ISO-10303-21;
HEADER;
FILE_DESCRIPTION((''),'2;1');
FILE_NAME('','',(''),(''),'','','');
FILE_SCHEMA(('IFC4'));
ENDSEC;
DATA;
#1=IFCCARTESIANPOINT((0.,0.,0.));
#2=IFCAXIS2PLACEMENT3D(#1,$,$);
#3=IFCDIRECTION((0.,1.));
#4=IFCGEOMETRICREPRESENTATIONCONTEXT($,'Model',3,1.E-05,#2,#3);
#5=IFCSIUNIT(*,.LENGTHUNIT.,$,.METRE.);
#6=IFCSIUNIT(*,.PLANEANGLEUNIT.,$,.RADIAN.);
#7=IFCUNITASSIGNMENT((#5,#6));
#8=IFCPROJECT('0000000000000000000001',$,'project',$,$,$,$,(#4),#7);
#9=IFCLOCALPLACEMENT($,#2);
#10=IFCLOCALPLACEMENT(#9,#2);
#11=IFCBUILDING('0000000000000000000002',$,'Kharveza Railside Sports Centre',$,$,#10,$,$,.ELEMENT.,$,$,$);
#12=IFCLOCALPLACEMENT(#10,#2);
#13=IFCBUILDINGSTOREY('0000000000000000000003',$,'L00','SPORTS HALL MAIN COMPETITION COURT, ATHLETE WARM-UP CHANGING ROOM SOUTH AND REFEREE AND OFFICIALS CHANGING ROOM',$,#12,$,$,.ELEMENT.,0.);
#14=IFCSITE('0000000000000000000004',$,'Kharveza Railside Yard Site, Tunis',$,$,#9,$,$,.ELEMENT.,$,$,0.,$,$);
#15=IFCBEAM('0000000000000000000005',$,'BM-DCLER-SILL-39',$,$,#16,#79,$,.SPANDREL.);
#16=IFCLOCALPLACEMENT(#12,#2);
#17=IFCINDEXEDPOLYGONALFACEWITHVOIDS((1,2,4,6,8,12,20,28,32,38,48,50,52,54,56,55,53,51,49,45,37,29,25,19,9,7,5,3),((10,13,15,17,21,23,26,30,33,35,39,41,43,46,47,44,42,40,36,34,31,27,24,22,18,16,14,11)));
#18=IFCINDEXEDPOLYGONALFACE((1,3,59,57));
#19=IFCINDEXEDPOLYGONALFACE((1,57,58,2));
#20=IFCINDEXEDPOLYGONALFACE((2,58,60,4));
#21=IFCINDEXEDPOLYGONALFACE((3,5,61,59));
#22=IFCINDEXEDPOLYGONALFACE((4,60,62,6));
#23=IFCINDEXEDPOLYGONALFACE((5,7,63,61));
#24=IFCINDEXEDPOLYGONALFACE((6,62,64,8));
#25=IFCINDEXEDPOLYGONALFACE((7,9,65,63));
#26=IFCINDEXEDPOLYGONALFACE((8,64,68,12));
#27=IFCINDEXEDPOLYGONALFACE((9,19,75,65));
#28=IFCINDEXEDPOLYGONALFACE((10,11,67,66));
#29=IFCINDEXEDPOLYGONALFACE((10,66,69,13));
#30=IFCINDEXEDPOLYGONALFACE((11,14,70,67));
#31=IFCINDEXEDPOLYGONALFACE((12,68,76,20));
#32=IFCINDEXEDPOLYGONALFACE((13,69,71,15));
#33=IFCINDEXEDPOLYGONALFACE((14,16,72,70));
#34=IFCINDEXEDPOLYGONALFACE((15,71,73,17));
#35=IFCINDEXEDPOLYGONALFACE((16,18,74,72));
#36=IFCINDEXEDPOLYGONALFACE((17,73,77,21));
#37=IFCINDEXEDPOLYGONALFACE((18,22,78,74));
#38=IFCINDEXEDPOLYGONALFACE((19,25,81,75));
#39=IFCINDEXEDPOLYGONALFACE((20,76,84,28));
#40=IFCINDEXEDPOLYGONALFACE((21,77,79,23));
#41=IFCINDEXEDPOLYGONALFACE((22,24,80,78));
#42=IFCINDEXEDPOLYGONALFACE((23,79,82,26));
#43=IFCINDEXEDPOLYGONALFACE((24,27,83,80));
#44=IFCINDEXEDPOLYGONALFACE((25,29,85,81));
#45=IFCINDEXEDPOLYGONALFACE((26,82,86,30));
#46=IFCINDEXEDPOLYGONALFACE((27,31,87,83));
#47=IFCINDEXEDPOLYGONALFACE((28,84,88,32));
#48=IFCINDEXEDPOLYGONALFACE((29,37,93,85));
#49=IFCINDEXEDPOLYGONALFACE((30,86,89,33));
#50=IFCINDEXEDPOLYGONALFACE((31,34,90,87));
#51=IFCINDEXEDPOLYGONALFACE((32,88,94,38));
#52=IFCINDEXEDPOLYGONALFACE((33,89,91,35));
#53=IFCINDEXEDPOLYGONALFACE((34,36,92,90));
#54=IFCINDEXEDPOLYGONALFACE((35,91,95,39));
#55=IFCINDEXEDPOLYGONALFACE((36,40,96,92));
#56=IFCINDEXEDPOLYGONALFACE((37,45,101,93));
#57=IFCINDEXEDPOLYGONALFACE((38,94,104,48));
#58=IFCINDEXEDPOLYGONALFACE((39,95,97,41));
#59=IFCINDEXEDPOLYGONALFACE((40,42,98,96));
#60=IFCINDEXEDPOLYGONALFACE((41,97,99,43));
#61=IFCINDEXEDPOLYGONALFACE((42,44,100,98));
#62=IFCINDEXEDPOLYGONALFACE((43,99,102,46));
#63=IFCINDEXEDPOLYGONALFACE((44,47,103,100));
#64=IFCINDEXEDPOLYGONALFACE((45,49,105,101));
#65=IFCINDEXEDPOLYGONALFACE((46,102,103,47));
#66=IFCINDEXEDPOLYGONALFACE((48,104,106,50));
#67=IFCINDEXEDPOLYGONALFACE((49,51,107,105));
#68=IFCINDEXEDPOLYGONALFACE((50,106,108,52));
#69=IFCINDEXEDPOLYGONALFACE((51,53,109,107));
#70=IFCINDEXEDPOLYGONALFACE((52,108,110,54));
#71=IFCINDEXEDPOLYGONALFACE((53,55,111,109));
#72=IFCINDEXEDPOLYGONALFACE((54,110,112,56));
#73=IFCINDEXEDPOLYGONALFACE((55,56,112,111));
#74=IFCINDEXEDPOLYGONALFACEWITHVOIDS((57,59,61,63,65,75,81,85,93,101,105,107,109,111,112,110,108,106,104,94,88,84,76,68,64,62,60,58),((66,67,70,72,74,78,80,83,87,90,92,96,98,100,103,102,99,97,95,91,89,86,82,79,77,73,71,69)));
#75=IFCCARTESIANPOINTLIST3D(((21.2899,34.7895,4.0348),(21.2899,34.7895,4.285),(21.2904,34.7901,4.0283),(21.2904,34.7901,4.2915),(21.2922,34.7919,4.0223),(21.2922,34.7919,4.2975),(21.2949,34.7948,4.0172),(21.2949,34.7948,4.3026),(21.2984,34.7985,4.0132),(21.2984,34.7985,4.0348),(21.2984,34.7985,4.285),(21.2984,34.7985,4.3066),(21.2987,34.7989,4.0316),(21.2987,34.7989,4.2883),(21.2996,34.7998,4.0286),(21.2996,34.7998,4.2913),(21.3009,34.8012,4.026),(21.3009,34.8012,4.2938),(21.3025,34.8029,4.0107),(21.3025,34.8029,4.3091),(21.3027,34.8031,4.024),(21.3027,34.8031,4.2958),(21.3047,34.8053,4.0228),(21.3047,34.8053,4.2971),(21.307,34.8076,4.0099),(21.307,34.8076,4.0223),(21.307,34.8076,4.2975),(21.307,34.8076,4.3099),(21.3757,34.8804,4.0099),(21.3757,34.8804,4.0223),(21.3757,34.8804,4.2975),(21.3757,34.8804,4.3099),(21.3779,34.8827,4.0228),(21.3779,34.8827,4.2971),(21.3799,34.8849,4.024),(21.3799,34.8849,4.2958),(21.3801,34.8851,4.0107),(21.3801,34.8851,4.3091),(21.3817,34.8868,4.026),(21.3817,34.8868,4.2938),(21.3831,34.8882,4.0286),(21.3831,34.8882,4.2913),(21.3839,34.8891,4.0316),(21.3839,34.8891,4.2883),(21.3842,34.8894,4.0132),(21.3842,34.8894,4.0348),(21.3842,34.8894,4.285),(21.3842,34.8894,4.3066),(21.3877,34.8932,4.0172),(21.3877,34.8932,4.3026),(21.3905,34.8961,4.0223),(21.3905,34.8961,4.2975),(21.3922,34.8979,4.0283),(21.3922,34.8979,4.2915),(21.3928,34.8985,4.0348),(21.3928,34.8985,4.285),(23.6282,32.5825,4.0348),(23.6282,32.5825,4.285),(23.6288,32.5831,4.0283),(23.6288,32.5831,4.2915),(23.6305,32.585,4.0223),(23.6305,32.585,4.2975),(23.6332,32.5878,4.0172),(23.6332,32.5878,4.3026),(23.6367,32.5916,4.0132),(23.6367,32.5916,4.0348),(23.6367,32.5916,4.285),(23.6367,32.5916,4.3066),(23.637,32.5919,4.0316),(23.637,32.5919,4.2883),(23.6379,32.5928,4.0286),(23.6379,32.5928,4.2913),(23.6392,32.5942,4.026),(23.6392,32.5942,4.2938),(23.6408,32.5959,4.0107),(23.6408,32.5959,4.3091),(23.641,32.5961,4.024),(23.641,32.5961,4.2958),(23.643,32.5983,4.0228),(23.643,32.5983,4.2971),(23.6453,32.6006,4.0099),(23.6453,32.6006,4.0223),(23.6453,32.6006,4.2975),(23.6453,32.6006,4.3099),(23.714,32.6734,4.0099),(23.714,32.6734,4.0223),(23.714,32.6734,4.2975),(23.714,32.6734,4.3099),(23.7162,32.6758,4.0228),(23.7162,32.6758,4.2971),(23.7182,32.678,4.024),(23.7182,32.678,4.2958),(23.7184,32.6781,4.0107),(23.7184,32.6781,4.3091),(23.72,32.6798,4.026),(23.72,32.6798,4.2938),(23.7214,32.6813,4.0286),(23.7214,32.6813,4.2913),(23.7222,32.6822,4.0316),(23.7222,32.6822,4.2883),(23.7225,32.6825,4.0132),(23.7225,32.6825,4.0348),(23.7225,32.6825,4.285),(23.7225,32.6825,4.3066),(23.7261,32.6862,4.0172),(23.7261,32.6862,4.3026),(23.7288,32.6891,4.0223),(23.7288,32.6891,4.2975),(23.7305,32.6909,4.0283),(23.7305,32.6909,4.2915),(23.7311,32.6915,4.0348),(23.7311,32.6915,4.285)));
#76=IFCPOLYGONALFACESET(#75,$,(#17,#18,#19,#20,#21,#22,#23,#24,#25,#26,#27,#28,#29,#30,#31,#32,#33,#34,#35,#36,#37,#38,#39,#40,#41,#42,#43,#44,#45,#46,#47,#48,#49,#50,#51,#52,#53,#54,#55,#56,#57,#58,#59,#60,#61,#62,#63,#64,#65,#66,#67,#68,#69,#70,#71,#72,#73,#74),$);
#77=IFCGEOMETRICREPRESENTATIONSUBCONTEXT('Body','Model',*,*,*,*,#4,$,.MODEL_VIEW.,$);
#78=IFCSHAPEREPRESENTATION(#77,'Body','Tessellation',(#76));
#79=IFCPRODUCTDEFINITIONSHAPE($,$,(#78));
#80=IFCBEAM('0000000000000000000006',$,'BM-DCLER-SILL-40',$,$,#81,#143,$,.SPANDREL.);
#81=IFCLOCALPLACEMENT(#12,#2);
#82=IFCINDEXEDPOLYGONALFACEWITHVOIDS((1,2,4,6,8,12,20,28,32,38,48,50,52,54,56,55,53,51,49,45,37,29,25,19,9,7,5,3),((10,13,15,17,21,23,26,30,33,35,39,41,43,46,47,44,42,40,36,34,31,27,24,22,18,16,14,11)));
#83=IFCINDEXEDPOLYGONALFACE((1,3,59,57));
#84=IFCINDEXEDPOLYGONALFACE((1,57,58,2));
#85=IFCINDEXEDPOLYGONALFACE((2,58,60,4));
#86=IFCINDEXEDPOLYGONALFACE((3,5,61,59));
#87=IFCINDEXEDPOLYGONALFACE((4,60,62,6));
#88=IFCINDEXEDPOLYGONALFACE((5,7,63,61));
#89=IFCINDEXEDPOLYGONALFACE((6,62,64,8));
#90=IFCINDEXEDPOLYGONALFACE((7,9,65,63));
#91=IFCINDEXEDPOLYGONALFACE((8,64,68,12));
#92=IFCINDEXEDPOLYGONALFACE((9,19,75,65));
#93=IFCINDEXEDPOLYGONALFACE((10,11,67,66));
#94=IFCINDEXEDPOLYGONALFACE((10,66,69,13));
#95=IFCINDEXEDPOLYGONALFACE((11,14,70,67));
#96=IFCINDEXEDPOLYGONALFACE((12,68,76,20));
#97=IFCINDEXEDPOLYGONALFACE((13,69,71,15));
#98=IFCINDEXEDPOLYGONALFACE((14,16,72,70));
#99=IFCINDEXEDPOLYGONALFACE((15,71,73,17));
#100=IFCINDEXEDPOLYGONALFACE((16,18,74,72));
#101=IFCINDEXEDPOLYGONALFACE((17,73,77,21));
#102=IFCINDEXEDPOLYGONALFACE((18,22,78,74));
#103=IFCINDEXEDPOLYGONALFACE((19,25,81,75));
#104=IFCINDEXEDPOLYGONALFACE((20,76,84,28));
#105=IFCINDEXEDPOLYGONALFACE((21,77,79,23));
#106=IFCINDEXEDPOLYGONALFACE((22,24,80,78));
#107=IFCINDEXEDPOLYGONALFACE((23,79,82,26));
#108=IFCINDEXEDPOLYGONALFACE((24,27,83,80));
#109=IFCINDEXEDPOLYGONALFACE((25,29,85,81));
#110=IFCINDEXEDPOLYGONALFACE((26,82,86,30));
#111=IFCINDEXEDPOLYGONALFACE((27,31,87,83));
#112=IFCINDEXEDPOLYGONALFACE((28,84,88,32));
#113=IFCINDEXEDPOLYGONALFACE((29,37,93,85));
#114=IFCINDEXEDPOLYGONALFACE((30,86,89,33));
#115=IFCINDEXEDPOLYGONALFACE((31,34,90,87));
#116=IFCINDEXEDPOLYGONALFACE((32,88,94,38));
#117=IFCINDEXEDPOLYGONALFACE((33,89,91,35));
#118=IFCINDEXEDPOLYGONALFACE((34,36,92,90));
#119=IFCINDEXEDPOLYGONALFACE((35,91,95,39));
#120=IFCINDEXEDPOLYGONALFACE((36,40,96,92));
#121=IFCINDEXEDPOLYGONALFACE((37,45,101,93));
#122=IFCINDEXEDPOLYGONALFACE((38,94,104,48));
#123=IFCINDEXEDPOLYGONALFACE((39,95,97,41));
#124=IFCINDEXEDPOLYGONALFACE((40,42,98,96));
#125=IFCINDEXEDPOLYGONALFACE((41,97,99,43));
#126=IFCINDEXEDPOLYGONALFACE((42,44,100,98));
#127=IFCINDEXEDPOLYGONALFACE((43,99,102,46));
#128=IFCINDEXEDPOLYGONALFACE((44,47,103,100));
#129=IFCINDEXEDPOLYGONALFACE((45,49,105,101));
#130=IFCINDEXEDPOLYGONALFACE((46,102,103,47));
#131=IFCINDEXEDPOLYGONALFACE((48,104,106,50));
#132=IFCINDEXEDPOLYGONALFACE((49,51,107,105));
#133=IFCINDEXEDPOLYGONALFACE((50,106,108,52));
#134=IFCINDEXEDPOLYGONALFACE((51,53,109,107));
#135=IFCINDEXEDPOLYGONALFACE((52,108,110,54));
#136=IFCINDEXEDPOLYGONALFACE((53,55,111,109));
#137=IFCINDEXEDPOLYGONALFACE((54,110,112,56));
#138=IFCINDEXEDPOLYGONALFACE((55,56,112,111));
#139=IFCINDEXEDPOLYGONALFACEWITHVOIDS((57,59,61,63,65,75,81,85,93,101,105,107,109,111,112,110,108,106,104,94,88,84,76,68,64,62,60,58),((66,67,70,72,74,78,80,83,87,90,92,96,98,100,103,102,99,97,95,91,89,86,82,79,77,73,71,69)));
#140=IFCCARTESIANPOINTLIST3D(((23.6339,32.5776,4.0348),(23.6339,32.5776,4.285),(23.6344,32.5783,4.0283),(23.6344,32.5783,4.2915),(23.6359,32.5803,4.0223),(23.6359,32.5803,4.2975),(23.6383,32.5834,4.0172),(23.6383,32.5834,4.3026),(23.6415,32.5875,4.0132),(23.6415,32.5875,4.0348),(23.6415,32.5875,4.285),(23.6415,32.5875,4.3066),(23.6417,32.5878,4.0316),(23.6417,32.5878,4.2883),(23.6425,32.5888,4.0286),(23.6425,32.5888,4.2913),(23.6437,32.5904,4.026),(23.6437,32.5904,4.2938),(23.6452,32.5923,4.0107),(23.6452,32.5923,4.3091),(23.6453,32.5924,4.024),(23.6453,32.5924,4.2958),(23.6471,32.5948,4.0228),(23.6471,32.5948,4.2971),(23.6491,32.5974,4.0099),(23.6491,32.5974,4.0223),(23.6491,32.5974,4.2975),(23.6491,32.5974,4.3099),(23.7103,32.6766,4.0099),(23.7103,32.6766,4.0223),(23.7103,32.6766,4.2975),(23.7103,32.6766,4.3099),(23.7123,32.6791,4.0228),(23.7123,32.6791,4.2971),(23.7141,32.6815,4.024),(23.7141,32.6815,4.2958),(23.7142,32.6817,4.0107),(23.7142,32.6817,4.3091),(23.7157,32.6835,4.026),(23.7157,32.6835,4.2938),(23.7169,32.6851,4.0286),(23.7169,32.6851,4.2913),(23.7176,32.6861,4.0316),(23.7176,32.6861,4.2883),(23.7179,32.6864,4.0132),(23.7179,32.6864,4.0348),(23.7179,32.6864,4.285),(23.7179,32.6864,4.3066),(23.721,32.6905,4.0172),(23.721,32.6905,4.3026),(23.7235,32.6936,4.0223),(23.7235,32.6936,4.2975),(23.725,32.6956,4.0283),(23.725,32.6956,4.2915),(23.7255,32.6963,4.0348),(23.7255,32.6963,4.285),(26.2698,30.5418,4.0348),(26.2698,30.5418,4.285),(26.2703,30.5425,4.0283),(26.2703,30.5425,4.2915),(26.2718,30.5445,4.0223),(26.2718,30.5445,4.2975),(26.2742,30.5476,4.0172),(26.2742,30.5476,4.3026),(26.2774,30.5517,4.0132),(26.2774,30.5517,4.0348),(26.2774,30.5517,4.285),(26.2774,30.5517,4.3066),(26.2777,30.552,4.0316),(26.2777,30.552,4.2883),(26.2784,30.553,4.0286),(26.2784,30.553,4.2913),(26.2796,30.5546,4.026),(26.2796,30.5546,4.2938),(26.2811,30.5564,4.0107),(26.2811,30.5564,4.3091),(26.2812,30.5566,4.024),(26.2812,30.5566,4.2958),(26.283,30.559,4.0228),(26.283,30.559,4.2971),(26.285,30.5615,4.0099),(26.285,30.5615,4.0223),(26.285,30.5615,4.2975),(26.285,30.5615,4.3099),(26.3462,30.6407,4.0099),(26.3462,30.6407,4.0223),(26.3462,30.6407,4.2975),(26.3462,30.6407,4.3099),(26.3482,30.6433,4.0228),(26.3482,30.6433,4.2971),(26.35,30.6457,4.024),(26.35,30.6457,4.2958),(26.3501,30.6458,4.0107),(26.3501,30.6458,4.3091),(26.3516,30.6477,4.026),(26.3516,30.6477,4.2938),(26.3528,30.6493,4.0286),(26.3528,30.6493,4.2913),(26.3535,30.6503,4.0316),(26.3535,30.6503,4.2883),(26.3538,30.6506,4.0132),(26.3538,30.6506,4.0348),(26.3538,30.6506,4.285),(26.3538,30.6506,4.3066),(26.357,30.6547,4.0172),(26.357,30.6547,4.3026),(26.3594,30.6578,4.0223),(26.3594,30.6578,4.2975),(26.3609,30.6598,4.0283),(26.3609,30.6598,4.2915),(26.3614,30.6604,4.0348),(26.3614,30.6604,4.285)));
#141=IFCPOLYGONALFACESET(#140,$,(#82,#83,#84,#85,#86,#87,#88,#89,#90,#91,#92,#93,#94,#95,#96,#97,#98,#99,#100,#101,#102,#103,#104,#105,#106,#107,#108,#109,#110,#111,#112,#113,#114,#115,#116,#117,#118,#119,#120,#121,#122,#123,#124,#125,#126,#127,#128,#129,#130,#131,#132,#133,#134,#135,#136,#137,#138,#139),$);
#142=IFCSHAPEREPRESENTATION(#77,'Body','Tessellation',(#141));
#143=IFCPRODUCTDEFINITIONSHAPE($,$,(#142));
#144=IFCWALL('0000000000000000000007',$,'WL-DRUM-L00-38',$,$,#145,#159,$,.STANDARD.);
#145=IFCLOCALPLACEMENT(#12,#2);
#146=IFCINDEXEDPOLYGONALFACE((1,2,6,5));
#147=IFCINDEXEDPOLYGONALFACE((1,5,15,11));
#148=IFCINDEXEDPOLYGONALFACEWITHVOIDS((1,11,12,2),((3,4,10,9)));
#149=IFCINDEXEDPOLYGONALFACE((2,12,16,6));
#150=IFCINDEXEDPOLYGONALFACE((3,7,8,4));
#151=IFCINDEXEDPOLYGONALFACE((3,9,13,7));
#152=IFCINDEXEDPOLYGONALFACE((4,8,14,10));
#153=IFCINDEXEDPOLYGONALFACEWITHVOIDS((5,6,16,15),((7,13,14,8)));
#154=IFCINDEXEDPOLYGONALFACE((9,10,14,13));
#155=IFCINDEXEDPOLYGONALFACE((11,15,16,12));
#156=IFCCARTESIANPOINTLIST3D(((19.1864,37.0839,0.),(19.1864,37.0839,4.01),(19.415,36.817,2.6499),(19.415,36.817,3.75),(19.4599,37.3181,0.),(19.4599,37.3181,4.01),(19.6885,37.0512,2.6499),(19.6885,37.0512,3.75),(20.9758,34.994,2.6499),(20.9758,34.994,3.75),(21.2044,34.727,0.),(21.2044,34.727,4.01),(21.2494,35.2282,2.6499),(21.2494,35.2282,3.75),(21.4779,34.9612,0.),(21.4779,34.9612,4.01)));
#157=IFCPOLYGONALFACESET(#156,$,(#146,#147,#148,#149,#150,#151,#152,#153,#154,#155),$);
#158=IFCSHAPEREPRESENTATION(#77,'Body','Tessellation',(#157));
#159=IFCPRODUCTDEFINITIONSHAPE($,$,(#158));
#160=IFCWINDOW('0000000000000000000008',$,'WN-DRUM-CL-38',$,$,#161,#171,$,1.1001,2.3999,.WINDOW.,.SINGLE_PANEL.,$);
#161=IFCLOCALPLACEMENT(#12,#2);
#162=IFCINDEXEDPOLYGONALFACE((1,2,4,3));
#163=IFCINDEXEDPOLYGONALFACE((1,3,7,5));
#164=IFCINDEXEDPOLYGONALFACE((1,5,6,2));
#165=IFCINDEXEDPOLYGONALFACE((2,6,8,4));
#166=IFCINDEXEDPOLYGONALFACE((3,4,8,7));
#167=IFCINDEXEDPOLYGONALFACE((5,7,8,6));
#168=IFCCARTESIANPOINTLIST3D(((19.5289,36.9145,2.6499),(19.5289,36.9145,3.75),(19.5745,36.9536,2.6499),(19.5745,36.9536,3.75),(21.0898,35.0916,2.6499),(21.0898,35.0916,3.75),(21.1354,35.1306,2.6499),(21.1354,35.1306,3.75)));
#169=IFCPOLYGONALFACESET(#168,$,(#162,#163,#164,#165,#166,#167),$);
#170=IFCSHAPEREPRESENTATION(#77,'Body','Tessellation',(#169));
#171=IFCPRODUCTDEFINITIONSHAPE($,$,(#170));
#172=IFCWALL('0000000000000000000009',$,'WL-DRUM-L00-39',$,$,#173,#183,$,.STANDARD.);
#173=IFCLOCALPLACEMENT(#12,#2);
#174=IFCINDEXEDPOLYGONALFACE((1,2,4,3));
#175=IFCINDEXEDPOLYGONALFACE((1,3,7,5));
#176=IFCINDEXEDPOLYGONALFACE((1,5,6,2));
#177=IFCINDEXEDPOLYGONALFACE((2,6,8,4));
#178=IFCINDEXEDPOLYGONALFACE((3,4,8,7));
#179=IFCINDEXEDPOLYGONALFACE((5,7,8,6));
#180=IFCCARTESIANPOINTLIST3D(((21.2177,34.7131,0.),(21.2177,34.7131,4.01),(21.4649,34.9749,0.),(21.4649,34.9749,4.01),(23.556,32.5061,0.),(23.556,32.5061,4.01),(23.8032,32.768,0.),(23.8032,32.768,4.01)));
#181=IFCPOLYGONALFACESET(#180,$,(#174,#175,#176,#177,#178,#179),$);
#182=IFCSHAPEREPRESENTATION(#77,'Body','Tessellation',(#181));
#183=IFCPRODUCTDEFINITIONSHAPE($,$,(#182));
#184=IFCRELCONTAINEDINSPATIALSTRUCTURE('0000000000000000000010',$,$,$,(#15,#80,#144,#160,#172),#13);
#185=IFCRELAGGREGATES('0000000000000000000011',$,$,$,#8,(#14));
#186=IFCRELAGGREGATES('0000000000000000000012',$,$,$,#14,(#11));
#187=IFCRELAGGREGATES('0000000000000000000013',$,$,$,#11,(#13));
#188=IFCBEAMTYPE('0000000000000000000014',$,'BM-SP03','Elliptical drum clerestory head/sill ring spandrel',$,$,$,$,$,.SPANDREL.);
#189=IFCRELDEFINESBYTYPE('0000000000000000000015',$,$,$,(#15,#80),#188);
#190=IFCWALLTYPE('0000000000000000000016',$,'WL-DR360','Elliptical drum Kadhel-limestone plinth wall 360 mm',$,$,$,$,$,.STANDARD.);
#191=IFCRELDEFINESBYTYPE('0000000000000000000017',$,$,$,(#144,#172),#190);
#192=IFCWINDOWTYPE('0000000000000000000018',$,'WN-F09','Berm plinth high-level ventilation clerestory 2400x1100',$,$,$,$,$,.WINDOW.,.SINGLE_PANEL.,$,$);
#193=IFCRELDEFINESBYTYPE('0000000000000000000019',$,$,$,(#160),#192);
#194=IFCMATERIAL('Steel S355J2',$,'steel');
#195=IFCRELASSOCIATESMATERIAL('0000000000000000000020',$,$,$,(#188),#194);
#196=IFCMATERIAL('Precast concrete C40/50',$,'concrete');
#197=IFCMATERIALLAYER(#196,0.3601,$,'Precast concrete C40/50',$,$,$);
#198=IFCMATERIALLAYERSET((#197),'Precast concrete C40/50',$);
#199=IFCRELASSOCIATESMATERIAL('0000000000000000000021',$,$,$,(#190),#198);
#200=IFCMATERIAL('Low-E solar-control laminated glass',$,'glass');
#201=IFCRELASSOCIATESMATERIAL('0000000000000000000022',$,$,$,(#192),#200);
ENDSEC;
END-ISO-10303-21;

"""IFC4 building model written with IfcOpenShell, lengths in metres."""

from ifc_helpers import new_model, si_unit, direction, frame, frame_2d, origin, origin_2d, place, context, subcontext, project, spatial, rectangle, hollow_rectangle, extrude, material, layer, layer_set, material_profile, profile_set, type_object, element, fill, save


model = new_model("IFC4")

# Units and contexts
model_context = context("Model", 3, precision=1e-05, world=origin(), true_north=direction((0.0, 1.0)))
body_context = subcontext(model_context, "Body", "Model", "MODEL_VIEW")
ifc_project = project(units=[si_unit("LENGTHUNIT", "METRE"), si_unit("PLANEANGLEUNIT", "RADIAN")], contexts=[model_context])

# Site, building, storey
site_placement = place(None, origin())
site = spatial("IfcSite", under=ifc_project, at=site_placement, Name="Kharveza Railside Yard Site, Tunis", CompositionType="ELEMENT", RefElevation=0.0)
building_placement = place(site_placement, origin())
building = spatial("IfcBuilding", under=site, at=building_placement, Name="Kharveza Railside Sports Centre", CompositionType="ELEMENT")
storey_placement = place(building_placement, origin())
storey = spatial("IfcBuildingStorey", under=building, at=storey_placement, Name="L00", Description="SPORTS HALL MAIN COMPETITION COURT, ATHLETE WARM-UP CHANGING ROOM SOUTH AND REFEREE AND OFFICIALS CHANGING ROOM", CompositionType="ELEMENT", Elevation=0.0)

# Shared definitions
ifc_material_1 = material(Name="Steel S355J2", Category="steel")

# Beams
ifc_material_profile_1 = material_profile(ifc_material_1, hollow_rectangle(XDim=0.1499, YDim=0.3, WallThickness=0.0125, InnerFilletRadius=0.0125, OuterFilletRadius=0.0249, at=origin_2d()), Name="RHS 150x300x12.5")
ifc_profile_set_1 = profile_set([ifc_material_profile_1], Name="Steel S355J2")
beam_type_1 = type_object("IfcBeamType", Name="BM-SP03", Description="Elliptical drum clerestory head/sill ring spandrel", PredefinedType="SPANDREL", material=ifc_profile_set_1)
beam_1_placement = place(storey_placement, frame((21.3413, 34.844, 4.1599), z_axis=(0.727236, -0.686387, 0.0), x_axis=(0.686387, 0.727236, 0.0)))
element("IfcBeam", 1, at=beam_1_placement, inside=storey, type_object=beam_type_1, Name="BM-DCLER-SILL-39", PredefinedType="SPANDREL", context=body_context, shape_type="SweptSolid", body=[
    extrude(hollow_rectangle(XDim=0.1499, YDim=0.3, WallThickness=0.0125, InnerFilletRadius=0.0125, OuterFilletRadius=0.0249, at=origin_2d()), origin(), (0.0, 0.0, 1.0), 3.2153),
])
beam_2_placement = place(storey_placement, frame((23.6797, 32.637, 4.1599), z_axis=(0.791432, -0.611258, 0.0), x_axis=(0.611258, 0.791432, 0.0)))
element("IfcBeam", 2, at=beam_2_placement, inside=storey, type_object=beam_type_1, Name="BM-DCLER-SILL-40", PredefinedType="SPANDREL", context=body_context, shape_type="SweptSolid", body=[
    extrude(hollow_rectangle(XDim=0.1499, YDim=0.3, WallThickness=0.0125, InnerFilletRadius=0.0125, OuterFilletRadius=0.0249, at=origin_2d()), origin(), (0.0, 0.0, 1.0), 3.3306),
])

# Wall, opening, window
ifc_material_2 = material(Name="Precast concrete C40/50", Category="concrete")
ifc_layer = layer(ifc_material_2, 0.3601, Name="Precast concrete C40/50")
ifc_layer_set = layer_set([ifc_layer], Name="Precast concrete C40/50")
wall_type = type_object("IfcWallType", Name="WL-DR360", Description="Elliptical drum Kadhel-limestone plinth wall 360 mm", PredefinedType="STANDARD", material=ifc_layer_set)
wall_1_placement = place(storey_placement, frame((19.3232, 37.2009, 0.0), z_axis=(0.0, 0.0, 1.0), x_axis=(0.65039, -0.759601, 0.0)))
wall_1 = element("IfcWall", 3, at=wall_1_placement, inside=storey, type_object=wall_type, Name="WL-DRUM-L00-38", PredefinedType="STANDARD", context=body_context, shape_type="SweptSolid", body=[
    extrude(rectangle(XDim=3.1028, YDim=0.3601, at=frame_2d((1.5513, 0.0))), origin(), (0.0, 0.0, 1.0), 4.01),
])
opening_1_placement = place(wall_1_placement, frame((0.3513, 0.0, 2.6499)))
opening_1 = element("IfcOpeningElement", 4, at=opening_1_placement, cuts=wall_1, PredefinedType="OPENING", context=body_context, shape_type="SweptSolid", body=[
    extrude(rectangle(XDim=2.3999, YDim=1.1001, at=frame_2d((1.2, 0.55))), frame((0.0, 0.2051, 0.0), z_axis=(0.0, -1.0, 0.0), x_axis=(1.0, 0.0, 0.0)), (0.0, 0.0, 1.0), 0.4099),
])
ifc_material_3 = material(Name="Low-E solar-control laminated glass", Category="glass")
window_type = type_object("IfcWindowType", Name="WN-F09", Description="Berm plinth high-level ventilation clerestory 2400x1100", PartitioningType="SINGLE_PANEL", PredefinedType="WINDOW", material=ifc_material_3)
window_1_placement = place(opening_1_placement, origin())
window_1 = element("IfcWindow", 5, at=window_1_placement, inside=storey, type_object=window_type, Name="WN-DRUM-CL-38", OverallHeight=1.1001, OverallWidth=2.3999, PartitioningType="SINGLE_PANEL", PredefinedType="WINDOW", context=body_context, shape_type="SweptSolid", body=[
    extrude(rectangle(XDim=2.3999, YDim=1.1001, at=frame_2d((1.2, 0.55))), frame((0.0, 0.03, 0.0), z_axis=(0.0, -1.0, 0.0), x_axis=(1.0, 0.0, 0.0)), (0.0, 0.0, 1.0), 0.0601),
])
fill(opening_1, window_1)

# Wall
wall_2_placement = place(storey_placement, frame((21.3413, 34.844, 0.0), z_axis=(0.0, 0.0, 1.0), x_axis=(0.727236, -0.686387, 0.0)))
element("IfcWall", 6, at=wall_2_placement, inside=storey, type_object=wall_type, Name="WL-DRUM-L00-39", PredefinedType="STANDARD", context=body_context, shape_type="SweptSolid", body=[
    extrude(rectangle(XDim=3.2153, YDim=0.3601, at=frame_2d((1.6077, 0.0))), origin(), (0.0, 0.0, 1.0), 4.01),
])

save(model, "model.ifc")
